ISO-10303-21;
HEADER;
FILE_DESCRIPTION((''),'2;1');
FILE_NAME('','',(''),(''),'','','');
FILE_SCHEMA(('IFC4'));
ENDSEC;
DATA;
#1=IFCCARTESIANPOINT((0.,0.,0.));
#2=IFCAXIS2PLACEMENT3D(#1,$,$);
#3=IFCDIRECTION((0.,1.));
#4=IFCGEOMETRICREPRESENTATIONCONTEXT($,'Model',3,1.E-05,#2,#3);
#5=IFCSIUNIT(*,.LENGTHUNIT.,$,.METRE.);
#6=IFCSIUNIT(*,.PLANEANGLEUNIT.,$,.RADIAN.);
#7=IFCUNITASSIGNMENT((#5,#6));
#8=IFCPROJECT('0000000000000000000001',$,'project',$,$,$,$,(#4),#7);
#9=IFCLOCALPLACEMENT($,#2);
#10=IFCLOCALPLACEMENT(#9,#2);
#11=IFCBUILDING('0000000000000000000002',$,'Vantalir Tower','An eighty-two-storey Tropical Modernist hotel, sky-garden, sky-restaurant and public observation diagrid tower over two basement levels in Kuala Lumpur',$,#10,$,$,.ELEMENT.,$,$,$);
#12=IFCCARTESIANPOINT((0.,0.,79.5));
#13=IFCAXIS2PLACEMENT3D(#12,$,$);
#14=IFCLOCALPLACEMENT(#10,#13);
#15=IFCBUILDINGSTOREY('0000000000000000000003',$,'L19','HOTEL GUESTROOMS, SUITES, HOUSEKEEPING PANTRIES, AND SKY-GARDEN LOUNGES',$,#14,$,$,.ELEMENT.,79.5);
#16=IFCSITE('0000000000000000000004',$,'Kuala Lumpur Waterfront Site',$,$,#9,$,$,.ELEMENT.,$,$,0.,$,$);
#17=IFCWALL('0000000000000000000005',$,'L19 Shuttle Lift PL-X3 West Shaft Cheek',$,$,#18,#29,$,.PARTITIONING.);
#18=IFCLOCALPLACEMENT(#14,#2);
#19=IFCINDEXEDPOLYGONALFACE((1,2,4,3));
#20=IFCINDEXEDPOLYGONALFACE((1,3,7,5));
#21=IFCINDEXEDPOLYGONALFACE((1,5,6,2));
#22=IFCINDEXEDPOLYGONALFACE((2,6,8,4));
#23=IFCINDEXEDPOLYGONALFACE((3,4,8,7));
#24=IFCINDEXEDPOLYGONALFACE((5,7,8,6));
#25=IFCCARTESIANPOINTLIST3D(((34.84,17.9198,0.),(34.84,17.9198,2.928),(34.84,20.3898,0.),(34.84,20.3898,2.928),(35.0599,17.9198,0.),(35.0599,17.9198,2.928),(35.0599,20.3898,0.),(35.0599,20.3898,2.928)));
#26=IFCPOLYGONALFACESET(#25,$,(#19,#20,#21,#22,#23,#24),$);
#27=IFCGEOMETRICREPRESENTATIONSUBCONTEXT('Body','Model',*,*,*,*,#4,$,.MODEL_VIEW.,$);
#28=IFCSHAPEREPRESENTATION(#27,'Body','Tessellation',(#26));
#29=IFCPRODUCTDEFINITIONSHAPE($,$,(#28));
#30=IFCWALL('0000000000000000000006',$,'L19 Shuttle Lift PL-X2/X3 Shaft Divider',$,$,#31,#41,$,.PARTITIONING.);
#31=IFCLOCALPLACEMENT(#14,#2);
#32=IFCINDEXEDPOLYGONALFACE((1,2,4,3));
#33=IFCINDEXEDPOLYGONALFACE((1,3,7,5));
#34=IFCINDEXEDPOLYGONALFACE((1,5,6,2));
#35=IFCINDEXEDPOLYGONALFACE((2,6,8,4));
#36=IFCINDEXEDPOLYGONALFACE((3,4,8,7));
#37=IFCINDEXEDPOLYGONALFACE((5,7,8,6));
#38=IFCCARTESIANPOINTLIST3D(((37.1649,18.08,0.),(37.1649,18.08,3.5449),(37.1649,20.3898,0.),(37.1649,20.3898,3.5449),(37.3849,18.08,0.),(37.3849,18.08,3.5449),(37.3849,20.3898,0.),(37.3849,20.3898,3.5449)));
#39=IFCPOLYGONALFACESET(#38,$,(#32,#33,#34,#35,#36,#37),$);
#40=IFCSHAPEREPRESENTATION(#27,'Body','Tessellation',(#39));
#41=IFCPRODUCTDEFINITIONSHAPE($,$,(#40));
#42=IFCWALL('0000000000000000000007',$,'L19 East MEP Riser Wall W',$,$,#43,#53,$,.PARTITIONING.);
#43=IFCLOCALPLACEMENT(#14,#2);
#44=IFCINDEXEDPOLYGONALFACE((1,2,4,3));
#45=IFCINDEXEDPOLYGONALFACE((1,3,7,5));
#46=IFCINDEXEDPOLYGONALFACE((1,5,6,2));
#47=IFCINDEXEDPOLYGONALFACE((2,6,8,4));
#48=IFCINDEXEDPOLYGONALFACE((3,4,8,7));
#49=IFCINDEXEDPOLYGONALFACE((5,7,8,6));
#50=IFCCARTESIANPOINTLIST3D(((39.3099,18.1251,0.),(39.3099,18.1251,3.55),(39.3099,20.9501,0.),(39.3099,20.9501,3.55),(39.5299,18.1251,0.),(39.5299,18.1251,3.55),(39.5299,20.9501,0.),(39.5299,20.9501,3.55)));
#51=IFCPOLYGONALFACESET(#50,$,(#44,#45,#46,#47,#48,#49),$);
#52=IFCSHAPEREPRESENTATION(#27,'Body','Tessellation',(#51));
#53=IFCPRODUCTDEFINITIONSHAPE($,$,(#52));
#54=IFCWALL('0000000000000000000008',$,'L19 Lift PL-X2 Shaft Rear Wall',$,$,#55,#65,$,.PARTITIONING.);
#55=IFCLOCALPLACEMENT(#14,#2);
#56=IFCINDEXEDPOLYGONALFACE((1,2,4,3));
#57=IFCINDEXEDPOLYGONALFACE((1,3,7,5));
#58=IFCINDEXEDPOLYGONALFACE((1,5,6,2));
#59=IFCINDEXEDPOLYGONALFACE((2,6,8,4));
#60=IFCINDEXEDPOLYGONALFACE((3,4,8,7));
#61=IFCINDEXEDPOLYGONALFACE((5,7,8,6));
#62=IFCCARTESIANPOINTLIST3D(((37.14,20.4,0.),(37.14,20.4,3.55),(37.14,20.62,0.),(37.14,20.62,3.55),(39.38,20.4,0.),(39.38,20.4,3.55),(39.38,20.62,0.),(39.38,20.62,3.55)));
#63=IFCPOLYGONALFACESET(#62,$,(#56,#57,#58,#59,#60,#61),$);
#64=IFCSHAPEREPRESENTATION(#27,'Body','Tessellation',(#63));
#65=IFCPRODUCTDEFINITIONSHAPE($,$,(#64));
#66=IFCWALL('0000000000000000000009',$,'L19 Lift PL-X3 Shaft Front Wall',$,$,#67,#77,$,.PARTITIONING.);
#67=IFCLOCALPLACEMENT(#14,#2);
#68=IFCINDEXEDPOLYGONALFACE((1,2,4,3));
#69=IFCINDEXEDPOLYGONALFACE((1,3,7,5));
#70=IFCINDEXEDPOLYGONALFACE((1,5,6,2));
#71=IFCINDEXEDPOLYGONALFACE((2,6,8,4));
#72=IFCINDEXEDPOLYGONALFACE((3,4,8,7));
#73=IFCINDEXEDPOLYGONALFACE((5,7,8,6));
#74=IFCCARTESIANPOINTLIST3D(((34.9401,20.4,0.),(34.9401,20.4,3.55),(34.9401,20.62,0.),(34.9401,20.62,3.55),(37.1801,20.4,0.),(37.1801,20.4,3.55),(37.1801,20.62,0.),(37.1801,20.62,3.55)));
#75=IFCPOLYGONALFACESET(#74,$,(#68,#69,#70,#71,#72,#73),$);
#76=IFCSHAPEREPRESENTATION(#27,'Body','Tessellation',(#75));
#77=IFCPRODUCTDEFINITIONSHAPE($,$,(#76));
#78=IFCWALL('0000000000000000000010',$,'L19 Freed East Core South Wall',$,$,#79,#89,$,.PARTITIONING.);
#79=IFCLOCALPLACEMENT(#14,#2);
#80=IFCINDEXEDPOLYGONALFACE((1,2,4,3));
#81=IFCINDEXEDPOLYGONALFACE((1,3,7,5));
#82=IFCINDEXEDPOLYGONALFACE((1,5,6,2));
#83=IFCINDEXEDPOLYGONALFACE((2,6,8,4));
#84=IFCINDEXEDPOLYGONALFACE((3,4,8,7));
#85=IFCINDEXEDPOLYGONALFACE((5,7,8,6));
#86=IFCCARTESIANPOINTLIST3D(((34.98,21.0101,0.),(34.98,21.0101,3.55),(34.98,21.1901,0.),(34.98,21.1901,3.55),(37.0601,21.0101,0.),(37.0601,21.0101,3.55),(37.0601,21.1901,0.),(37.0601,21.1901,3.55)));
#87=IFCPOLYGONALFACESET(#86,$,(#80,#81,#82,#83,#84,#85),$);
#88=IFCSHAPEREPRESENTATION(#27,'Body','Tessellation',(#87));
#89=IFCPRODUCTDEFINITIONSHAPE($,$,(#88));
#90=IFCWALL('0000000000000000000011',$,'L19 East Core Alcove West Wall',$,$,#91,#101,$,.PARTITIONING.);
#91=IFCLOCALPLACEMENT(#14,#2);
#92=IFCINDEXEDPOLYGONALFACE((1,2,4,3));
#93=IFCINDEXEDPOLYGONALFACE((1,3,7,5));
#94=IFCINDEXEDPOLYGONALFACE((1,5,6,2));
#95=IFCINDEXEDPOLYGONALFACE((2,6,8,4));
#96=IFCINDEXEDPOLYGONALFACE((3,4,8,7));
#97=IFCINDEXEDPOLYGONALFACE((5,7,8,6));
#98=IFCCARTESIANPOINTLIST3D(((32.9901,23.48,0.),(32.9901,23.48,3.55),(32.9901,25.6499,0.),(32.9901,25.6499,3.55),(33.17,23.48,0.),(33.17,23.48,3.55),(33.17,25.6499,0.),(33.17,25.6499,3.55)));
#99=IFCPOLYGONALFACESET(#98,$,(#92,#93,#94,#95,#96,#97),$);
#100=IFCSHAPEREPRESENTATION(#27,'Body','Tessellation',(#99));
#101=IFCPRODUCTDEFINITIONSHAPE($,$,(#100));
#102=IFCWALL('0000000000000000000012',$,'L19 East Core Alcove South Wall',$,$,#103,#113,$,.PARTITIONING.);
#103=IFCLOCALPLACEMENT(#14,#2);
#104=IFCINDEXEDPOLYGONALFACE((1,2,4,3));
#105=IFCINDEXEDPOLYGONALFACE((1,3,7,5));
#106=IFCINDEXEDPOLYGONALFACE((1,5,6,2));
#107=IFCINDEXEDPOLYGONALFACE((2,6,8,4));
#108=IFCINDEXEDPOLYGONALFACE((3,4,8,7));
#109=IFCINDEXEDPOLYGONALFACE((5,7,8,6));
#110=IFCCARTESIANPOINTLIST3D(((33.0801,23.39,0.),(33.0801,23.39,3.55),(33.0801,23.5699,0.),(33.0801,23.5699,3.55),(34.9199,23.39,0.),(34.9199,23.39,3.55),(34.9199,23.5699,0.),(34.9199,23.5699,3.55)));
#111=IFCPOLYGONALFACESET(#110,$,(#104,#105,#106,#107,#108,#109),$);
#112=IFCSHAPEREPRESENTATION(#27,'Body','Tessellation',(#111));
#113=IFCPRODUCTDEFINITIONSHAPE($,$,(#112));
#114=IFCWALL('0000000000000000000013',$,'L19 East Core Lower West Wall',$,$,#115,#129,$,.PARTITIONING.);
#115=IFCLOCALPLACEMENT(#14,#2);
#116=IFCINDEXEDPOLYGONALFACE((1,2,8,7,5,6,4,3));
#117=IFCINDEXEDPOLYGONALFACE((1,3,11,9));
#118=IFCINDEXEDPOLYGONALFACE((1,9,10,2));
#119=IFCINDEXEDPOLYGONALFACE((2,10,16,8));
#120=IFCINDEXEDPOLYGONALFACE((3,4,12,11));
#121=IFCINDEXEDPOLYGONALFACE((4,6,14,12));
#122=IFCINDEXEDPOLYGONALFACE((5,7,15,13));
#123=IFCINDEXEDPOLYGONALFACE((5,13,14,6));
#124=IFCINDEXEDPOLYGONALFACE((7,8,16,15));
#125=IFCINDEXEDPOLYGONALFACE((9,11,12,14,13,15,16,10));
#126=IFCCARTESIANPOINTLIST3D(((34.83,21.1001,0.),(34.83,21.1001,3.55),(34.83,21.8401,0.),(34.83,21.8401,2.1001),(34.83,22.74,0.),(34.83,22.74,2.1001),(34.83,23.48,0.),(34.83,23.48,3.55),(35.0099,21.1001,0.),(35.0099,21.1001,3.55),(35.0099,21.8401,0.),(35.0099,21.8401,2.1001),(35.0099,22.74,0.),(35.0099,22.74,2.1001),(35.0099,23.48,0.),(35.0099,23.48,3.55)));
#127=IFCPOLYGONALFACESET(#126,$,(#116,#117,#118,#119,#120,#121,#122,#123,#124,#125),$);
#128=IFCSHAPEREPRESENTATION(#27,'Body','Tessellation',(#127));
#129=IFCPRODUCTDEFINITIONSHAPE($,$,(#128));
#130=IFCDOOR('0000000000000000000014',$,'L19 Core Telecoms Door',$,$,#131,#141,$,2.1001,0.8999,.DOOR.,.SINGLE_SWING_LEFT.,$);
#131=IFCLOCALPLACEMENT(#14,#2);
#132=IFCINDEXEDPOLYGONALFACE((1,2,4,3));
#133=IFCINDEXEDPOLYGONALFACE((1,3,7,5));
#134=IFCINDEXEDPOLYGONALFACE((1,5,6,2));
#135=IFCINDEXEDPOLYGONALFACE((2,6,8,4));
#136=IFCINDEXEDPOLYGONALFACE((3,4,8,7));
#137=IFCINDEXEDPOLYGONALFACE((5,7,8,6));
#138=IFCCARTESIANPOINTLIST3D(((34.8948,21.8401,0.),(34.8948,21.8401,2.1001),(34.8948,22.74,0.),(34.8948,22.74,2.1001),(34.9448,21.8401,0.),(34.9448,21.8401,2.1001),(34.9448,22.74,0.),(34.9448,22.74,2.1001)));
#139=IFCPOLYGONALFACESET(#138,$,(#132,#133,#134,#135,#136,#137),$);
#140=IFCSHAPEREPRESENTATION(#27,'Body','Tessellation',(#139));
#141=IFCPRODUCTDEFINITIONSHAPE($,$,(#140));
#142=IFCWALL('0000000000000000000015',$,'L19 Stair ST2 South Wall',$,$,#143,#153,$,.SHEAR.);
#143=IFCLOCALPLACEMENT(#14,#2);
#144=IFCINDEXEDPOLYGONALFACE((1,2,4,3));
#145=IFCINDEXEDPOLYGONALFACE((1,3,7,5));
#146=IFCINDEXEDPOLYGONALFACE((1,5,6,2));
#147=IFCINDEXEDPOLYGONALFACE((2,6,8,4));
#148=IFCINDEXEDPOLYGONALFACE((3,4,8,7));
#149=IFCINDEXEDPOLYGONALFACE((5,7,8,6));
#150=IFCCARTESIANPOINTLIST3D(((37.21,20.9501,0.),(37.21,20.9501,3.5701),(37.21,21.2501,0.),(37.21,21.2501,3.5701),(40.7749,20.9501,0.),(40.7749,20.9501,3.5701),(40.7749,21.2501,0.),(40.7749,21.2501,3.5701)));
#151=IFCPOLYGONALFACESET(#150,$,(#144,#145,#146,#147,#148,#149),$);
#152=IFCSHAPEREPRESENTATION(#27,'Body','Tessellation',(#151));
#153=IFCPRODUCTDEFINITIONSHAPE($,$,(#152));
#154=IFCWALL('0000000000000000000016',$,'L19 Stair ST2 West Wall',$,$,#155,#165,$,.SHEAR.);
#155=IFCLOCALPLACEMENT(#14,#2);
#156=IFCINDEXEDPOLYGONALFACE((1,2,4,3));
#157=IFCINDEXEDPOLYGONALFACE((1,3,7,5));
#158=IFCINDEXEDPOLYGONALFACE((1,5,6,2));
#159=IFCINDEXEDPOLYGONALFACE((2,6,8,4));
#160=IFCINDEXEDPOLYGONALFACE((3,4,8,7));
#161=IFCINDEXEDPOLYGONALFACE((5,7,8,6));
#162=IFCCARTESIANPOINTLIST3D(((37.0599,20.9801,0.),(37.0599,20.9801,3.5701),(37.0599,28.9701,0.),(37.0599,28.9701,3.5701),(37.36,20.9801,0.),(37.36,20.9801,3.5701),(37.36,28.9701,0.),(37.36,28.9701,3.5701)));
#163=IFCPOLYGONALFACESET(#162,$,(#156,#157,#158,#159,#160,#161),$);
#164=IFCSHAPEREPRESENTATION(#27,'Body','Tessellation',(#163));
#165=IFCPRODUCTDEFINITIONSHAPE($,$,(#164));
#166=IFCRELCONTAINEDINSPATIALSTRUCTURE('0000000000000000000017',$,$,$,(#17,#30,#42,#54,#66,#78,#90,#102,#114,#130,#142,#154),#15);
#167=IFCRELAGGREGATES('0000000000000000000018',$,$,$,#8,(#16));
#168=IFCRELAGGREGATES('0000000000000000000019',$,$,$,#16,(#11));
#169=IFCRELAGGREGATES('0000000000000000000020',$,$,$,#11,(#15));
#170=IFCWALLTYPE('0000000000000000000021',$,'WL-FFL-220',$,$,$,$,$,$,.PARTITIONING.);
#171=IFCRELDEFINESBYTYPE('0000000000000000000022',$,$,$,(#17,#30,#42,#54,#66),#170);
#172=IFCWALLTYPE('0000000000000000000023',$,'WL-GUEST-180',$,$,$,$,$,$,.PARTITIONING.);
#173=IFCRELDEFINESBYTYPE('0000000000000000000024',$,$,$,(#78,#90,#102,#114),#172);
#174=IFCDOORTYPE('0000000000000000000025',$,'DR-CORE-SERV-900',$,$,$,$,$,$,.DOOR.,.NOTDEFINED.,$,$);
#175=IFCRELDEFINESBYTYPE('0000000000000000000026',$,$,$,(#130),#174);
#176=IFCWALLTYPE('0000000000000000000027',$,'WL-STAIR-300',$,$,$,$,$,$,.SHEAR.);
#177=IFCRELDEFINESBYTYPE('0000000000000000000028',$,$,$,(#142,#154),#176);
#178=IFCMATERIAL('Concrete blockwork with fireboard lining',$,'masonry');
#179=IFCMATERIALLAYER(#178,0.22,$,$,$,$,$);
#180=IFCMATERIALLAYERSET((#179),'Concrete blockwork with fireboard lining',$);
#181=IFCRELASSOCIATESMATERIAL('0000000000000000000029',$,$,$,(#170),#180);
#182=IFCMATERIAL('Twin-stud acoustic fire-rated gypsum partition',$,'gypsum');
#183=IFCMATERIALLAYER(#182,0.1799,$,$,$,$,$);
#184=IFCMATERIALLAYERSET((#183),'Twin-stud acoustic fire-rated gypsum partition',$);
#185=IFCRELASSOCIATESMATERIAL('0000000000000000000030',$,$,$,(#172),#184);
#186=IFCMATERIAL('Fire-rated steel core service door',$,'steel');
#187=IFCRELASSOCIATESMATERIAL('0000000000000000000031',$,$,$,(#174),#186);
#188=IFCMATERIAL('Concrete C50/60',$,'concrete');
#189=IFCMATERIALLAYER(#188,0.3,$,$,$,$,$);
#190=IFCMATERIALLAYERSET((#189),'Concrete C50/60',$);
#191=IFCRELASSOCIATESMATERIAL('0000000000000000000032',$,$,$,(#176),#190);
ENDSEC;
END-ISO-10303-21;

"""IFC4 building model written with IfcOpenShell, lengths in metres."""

from ifc_helpers import new_model, si_unit, direction, frame, frame_2d, origin, place, context, subcontext, project, spatial, rectangle, extrude, material, layer, layer_set, type_object, element, fill, save


model = new_model("IFC4")

# Units and contexts
model_context = context("Model", 3, precision=1e-05, world=origin(), true_north=direction((0.0, 1.0)))
body_context = subcontext(model_context, "Body", "Model", "MODEL_VIEW")
ifc_project = project(units=[si_unit("LENGTHUNIT", "METRE"), si_unit("PLANEANGLEUNIT", "RADIAN")], contexts=[model_context])

# Site, building, storey
site_placement = place(None, origin())
site = spatial("IfcSite", under=ifc_project, at=site_placement, Name="Kuala Lumpur Waterfront Site", CompositionType="ELEMENT", RefElevation=0.0)
building_placement = place(site_placement, origin())
building = spatial("IfcBuilding", under=site, at=building_placement, Name="Vantalir Tower", Description="An eighty-two-storey Tropical Modernist hotel, sky-garden, sky-restaurant and public observation diagrid tower over two basement levels in Kuala Lumpur", CompositionType="ELEMENT")
storey_placement = place(building_placement, frame((0.0, 0.0, 79.5)))
storey = spatial("IfcBuildingStorey", under=building, at=storey_placement, Name="L19", Description="HOTEL GUESTROOMS, SUITES, HOUSEKEEPING PANTRIES, AND SKY-GARDEN LOUNGES", CompositionType="ELEMENT", Elevation=79.5)

# Walls
ifc_material_1 = material(Name="Concrete blockwork with fireboard lining", Category="masonry")
ifc_layer_1 = layer(ifc_material_1, 0.22)
ifc_layer_set_1 = layer_set([ifc_layer_1], Name="Concrete blockwork with fireboard lining")
wall_type_1 = type_object("IfcWallType", Name="WL-FFL-220", PredefinedType="PARTITIONING", material=ifc_layer_set_1)
for number, where, z_axis, x_axis, name in (
    (1, (34.95, 17.9199, 0.0), (0.0, 0.0, 1.0), (0.0, 1.0, 0.0), "L19 Shuttle Lift PL-X3 West Shaft Cheek"),
):
    element("IfcWall", number, at=place(storey_placement, frame(where, z_axis=z_axis, x_axis=x_axis)), inside=storey, type_object=wall_type_1, Name=name, PredefinedType="PARTITIONING", context=body_context, shape_type="SweptSolid", body=[
        extrude(rectangle(XDim=2.47, YDim=0.22, at=frame_2d((1.2349, 0.0))), origin(), (0.0, 0.0, 1.0), 2.928),
    ])
wall_1_placement = place(storey_placement, frame((37.2749, 18.0801, 0.0), z_axis=(0.0, 0.0, 1.0), x_axis=(0.0, 1.0, 0.0)))
element("IfcWall", 2, at=wall_1_placement, inside=storey, type_object=wall_type_1, Name="L19 Shuttle Lift PL-X2/X3 Shaft Divider", PredefinedType="PARTITIONING", context=body_context, shape_type="SweptSolid", body=[
    extrude(rectangle(XDim=2.3098, YDim=0.22, at=frame_2d((1.1548, 0.0))), origin(), (0.0, 0.0, 1.0), 3.5449),
])
wall_2_placement = place(storey_placement, frame((39.4199, 18.125, 0.0), z_axis=(0.0, 0.0, 1.0), x_axis=(0.0, 1.0, 0.0)))
element("IfcWall", 3, at=wall_2_placement, inside=storey, type_object=wall_type_1, Name="L19 East MEP Riser Wall W", PredefinedType="PARTITIONING", context=body_context, shape_type="SweptSolid", body=[
    extrude(rectangle(XDim=2.825, YDim=0.22, at=frame_2d((1.4126, 0.0))), origin(), (0.0, 0.0, 1.0), 3.55),
])
for number, where, z_axis, x_axis, name in (
    (4, (37.1399, 20.51, 0.0), (0.0, 0.0, 1.0), (1.0, 0.0, 0.0), "L19 Lift PL-X2 Shaft Rear Wall"),
    (5, (34.9399, 20.51, 0.0), (0.0, 0.0, 1.0), (1.0, 0.0, 0.0), "L19 Lift PL-X3 Shaft Front Wall"),
):
    element("IfcWall", number, at=place(storey_placement, frame(where, z_axis=z_axis, x_axis=x_axis)), inside=storey, type_object=wall_type_1, Name=name, PredefinedType="PARTITIONING", context=body_context, shape_type="SweptSolid", body=[
        extrude(rectangle(XDim=2.24, YDim=0.22, at=frame_2d((1.1201, 0.0))), origin(), (0.0, 0.0, 1.0), 3.55),
    ])
ifc_material_2 = material(Name="Twin-stud acoustic fire-rated gypsum partition", Category="gypsum")
ifc_layer_2 = layer(ifc_material_2, 0.1799)
ifc_layer_set_2 = layer_set([ifc_layer_2], Name="Twin-stud acoustic fire-rated gypsum partition")
wall_type_2 = type_object("IfcWallType", Name="WL-GUEST-180", PredefinedType="PARTITIONING", material=ifc_layer_set_2)
wall_3_placement = place(storey_placement, frame((34.98, 21.1001, 0.0), z_axis=(0.0, 0.0, 1.0), x_axis=(1.0, 0.0, 0.0)))
element("IfcWall", 6, at=wall_3_placement, inside=storey, type_object=wall_type_2, Name="L19 Freed East Core South Wall", PredefinedType="PARTITIONING", context=body_context, shape_type="SweptSolid", body=[
    extrude(rectangle(XDim=2.0801, YDim=0.1799, at=frame_2d((1.04, 0.0))), origin(), (0.0, 0.0, 1.0), 3.55),
])
wall_4_placement = place(storey_placement, frame((33.0801, 23.48, 0.0), z_axis=(0.0, 0.0, 1.0), x_axis=(0.0, 1.0, 0.0)))
element("IfcWall", 7, at=wall_4_placement, inside=storey, type_object=wall_type_2, Name="L19 East Core Alcove West Wall", PredefinedType="PARTITIONING", context=body_context, shape_type="SweptSolid", body=[
    extrude(rectangle(XDim=2.1699, YDim=0.1799, at=frame_2d((1.085, 0.0))), origin(), (0.0, 0.0, 1.0), 3.55),
])
wall_5_placement = place(storey_placement, frame((33.0801, 23.48, 0.0), z_axis=(0.0, 0.0, 1.0), x_axis=(1.0, 0.0, 0.0)))
element("IfcWall", 8, at=wall_5_placement, inside=storey, type_object=wall_type_2, Name="L19 East Core Alcove South Wall", PredefinedType="PARTITIONING", context=body_context, shape_type="SweptSolid", body=[
    extrude(rectangle(XDim=1.8398, YDim=0.1799, at=frame_2d((0.9199, 0.0))), origin(), (0.0, 0.0, 1.0), 3.55),
])

# Wall, opening, door
wall_6_placement = place(storey_placement, frame((34.9199, 21.1001, 0.0), z_axis=(0.0, 0.0, 1.0), x_axis=(0.0, 1.0, 0.0)))
wall_6 = element("IfcWall", 9, at=wall_6_placement, inside=storey, type_object=wall_type_2, Name="L19 East Core Lower West Wall", PredefinedType="PARTITIONING", context=body_context, shape_type="SweptSolid", body=[
    extrude(rectangle(XDim=2.3799, YDim=0.1799, at=frame_2d((1.1899, 0.0))), origin(), (0.0, 0.0, 1.0), 3.55),
])
opening_1_placement = place(wall_6_placement, frame((0.74, 0.0, 0.0)))
opening_1 = element("IfcOpeningElement", 10, at=opening_1_placement, cuts=wall_6, PredefinedType="OPENING", context=body_context, shape_type="SweptSolid", body=[
    extrude(rectangle(XDim=0.8999, YDim=2.1001, at=frame_2d((0.45, 1.05))), frame((0.0, 0.0999, 0.0), z_axis=(0.0, -1.0, 0.0), x_axis=(1.0, 0.0, 0.0)), (0.0, 0.0, 1.0), 0.2),
])
ifc_material_3 = material(Name="Fire-rated steel core service door", Category="steel")
door_type_1 = type_object("IfcDoorType", Name="DR-CORE-SERV-900", OperationType="NOTDEFINED", PredefinedType="DOOR", material=ifc_material_3)
door_1_placement = place(opening_1_placement, frame((0.8999, 0.0, 0.0), z_axis=(0.0, 0.0, 1.0), x_axis=(-1.0, 0.0, 0.0)))
door_1 = element("IfcDoor", 11, at=door_1_placement, inside=storey, type_object=door_type_1, Name="L19 Core Telecoms Door", OperationType="SINGLE_SWING_LEFT", OverallHeight=2.1001, OverallWidth=0.8999, PredefinedType="DOOR", context=body_context, shape_type="SweptSolid", body=[
    extrude(rectangle(XDim=0.8999, YDim=2.1001, at=frame_2d((0.45, 1.05))), frame((0.0, 0.0249, 0.0), z_axis=(0.0, -1.0, 0.0), x_axis=(1.0, 0.0, 0.0)), (0.0, 0.0, 1.0), 0.05),
])
fill(opening_1, door_1)

# Walls
ifc_material_4 = material(Name="Concrete C50/60", Category="concrete")
ifc_layer_3 = layer(ifc_material_4, 0.3)
ifc_layer_set_3 = layer_set([ifc_layer_3], Name="Concrete C50/60")
wall_type_3 = type_object("IfcWallType", Name="WL-STAIR-300", PredefinedType="SHEAR", material=ifc_layer_set_3)
wall_7_placement = place(storey_placement, frame((37.21, 21.1001, 0.0), z_axis=(0.0, 0.0, 1.0), x_axis=(1.0, 0.0, 0.0)))
element("IfcWall", 12, at=wall_7_placement, inside=storey, type_object=wall_type_3, Name="L19 Stair ST2 South Wall", PredefinedType="SHEAR", context=body_context, shape_type="SweptSolid", body=[
    extrude(rectangle(XDim=3.5649, YDim=0.3, at=frame_2d((1.7825, 0.0))), origin(), (0.0, 0.0, 1.0), 3.5701),
])
wall_8_placement = place(storey_placement, frame((37.21, 20.98, 0.0), z_axis=(0.0, 0.0, 1.0), x_axis=(0.0, 1.0, 0.0)))
element("IfcWall", 13, at=wall_8_placement, inside=storey, type_object=wall_type_3, Name="L19 Stair ST2 West Wall", PredefinedType="SHEAR", context=body_context, shape_type="SweptSolid", body=[
    extrude(rectangle(XDim=7.99, YDim=0.3, at=frame_2d((3.9951, 0.0))), origin(), (0.0, 0.0, 1.0), 3.5701),
])

save(model, "model.ifc")
